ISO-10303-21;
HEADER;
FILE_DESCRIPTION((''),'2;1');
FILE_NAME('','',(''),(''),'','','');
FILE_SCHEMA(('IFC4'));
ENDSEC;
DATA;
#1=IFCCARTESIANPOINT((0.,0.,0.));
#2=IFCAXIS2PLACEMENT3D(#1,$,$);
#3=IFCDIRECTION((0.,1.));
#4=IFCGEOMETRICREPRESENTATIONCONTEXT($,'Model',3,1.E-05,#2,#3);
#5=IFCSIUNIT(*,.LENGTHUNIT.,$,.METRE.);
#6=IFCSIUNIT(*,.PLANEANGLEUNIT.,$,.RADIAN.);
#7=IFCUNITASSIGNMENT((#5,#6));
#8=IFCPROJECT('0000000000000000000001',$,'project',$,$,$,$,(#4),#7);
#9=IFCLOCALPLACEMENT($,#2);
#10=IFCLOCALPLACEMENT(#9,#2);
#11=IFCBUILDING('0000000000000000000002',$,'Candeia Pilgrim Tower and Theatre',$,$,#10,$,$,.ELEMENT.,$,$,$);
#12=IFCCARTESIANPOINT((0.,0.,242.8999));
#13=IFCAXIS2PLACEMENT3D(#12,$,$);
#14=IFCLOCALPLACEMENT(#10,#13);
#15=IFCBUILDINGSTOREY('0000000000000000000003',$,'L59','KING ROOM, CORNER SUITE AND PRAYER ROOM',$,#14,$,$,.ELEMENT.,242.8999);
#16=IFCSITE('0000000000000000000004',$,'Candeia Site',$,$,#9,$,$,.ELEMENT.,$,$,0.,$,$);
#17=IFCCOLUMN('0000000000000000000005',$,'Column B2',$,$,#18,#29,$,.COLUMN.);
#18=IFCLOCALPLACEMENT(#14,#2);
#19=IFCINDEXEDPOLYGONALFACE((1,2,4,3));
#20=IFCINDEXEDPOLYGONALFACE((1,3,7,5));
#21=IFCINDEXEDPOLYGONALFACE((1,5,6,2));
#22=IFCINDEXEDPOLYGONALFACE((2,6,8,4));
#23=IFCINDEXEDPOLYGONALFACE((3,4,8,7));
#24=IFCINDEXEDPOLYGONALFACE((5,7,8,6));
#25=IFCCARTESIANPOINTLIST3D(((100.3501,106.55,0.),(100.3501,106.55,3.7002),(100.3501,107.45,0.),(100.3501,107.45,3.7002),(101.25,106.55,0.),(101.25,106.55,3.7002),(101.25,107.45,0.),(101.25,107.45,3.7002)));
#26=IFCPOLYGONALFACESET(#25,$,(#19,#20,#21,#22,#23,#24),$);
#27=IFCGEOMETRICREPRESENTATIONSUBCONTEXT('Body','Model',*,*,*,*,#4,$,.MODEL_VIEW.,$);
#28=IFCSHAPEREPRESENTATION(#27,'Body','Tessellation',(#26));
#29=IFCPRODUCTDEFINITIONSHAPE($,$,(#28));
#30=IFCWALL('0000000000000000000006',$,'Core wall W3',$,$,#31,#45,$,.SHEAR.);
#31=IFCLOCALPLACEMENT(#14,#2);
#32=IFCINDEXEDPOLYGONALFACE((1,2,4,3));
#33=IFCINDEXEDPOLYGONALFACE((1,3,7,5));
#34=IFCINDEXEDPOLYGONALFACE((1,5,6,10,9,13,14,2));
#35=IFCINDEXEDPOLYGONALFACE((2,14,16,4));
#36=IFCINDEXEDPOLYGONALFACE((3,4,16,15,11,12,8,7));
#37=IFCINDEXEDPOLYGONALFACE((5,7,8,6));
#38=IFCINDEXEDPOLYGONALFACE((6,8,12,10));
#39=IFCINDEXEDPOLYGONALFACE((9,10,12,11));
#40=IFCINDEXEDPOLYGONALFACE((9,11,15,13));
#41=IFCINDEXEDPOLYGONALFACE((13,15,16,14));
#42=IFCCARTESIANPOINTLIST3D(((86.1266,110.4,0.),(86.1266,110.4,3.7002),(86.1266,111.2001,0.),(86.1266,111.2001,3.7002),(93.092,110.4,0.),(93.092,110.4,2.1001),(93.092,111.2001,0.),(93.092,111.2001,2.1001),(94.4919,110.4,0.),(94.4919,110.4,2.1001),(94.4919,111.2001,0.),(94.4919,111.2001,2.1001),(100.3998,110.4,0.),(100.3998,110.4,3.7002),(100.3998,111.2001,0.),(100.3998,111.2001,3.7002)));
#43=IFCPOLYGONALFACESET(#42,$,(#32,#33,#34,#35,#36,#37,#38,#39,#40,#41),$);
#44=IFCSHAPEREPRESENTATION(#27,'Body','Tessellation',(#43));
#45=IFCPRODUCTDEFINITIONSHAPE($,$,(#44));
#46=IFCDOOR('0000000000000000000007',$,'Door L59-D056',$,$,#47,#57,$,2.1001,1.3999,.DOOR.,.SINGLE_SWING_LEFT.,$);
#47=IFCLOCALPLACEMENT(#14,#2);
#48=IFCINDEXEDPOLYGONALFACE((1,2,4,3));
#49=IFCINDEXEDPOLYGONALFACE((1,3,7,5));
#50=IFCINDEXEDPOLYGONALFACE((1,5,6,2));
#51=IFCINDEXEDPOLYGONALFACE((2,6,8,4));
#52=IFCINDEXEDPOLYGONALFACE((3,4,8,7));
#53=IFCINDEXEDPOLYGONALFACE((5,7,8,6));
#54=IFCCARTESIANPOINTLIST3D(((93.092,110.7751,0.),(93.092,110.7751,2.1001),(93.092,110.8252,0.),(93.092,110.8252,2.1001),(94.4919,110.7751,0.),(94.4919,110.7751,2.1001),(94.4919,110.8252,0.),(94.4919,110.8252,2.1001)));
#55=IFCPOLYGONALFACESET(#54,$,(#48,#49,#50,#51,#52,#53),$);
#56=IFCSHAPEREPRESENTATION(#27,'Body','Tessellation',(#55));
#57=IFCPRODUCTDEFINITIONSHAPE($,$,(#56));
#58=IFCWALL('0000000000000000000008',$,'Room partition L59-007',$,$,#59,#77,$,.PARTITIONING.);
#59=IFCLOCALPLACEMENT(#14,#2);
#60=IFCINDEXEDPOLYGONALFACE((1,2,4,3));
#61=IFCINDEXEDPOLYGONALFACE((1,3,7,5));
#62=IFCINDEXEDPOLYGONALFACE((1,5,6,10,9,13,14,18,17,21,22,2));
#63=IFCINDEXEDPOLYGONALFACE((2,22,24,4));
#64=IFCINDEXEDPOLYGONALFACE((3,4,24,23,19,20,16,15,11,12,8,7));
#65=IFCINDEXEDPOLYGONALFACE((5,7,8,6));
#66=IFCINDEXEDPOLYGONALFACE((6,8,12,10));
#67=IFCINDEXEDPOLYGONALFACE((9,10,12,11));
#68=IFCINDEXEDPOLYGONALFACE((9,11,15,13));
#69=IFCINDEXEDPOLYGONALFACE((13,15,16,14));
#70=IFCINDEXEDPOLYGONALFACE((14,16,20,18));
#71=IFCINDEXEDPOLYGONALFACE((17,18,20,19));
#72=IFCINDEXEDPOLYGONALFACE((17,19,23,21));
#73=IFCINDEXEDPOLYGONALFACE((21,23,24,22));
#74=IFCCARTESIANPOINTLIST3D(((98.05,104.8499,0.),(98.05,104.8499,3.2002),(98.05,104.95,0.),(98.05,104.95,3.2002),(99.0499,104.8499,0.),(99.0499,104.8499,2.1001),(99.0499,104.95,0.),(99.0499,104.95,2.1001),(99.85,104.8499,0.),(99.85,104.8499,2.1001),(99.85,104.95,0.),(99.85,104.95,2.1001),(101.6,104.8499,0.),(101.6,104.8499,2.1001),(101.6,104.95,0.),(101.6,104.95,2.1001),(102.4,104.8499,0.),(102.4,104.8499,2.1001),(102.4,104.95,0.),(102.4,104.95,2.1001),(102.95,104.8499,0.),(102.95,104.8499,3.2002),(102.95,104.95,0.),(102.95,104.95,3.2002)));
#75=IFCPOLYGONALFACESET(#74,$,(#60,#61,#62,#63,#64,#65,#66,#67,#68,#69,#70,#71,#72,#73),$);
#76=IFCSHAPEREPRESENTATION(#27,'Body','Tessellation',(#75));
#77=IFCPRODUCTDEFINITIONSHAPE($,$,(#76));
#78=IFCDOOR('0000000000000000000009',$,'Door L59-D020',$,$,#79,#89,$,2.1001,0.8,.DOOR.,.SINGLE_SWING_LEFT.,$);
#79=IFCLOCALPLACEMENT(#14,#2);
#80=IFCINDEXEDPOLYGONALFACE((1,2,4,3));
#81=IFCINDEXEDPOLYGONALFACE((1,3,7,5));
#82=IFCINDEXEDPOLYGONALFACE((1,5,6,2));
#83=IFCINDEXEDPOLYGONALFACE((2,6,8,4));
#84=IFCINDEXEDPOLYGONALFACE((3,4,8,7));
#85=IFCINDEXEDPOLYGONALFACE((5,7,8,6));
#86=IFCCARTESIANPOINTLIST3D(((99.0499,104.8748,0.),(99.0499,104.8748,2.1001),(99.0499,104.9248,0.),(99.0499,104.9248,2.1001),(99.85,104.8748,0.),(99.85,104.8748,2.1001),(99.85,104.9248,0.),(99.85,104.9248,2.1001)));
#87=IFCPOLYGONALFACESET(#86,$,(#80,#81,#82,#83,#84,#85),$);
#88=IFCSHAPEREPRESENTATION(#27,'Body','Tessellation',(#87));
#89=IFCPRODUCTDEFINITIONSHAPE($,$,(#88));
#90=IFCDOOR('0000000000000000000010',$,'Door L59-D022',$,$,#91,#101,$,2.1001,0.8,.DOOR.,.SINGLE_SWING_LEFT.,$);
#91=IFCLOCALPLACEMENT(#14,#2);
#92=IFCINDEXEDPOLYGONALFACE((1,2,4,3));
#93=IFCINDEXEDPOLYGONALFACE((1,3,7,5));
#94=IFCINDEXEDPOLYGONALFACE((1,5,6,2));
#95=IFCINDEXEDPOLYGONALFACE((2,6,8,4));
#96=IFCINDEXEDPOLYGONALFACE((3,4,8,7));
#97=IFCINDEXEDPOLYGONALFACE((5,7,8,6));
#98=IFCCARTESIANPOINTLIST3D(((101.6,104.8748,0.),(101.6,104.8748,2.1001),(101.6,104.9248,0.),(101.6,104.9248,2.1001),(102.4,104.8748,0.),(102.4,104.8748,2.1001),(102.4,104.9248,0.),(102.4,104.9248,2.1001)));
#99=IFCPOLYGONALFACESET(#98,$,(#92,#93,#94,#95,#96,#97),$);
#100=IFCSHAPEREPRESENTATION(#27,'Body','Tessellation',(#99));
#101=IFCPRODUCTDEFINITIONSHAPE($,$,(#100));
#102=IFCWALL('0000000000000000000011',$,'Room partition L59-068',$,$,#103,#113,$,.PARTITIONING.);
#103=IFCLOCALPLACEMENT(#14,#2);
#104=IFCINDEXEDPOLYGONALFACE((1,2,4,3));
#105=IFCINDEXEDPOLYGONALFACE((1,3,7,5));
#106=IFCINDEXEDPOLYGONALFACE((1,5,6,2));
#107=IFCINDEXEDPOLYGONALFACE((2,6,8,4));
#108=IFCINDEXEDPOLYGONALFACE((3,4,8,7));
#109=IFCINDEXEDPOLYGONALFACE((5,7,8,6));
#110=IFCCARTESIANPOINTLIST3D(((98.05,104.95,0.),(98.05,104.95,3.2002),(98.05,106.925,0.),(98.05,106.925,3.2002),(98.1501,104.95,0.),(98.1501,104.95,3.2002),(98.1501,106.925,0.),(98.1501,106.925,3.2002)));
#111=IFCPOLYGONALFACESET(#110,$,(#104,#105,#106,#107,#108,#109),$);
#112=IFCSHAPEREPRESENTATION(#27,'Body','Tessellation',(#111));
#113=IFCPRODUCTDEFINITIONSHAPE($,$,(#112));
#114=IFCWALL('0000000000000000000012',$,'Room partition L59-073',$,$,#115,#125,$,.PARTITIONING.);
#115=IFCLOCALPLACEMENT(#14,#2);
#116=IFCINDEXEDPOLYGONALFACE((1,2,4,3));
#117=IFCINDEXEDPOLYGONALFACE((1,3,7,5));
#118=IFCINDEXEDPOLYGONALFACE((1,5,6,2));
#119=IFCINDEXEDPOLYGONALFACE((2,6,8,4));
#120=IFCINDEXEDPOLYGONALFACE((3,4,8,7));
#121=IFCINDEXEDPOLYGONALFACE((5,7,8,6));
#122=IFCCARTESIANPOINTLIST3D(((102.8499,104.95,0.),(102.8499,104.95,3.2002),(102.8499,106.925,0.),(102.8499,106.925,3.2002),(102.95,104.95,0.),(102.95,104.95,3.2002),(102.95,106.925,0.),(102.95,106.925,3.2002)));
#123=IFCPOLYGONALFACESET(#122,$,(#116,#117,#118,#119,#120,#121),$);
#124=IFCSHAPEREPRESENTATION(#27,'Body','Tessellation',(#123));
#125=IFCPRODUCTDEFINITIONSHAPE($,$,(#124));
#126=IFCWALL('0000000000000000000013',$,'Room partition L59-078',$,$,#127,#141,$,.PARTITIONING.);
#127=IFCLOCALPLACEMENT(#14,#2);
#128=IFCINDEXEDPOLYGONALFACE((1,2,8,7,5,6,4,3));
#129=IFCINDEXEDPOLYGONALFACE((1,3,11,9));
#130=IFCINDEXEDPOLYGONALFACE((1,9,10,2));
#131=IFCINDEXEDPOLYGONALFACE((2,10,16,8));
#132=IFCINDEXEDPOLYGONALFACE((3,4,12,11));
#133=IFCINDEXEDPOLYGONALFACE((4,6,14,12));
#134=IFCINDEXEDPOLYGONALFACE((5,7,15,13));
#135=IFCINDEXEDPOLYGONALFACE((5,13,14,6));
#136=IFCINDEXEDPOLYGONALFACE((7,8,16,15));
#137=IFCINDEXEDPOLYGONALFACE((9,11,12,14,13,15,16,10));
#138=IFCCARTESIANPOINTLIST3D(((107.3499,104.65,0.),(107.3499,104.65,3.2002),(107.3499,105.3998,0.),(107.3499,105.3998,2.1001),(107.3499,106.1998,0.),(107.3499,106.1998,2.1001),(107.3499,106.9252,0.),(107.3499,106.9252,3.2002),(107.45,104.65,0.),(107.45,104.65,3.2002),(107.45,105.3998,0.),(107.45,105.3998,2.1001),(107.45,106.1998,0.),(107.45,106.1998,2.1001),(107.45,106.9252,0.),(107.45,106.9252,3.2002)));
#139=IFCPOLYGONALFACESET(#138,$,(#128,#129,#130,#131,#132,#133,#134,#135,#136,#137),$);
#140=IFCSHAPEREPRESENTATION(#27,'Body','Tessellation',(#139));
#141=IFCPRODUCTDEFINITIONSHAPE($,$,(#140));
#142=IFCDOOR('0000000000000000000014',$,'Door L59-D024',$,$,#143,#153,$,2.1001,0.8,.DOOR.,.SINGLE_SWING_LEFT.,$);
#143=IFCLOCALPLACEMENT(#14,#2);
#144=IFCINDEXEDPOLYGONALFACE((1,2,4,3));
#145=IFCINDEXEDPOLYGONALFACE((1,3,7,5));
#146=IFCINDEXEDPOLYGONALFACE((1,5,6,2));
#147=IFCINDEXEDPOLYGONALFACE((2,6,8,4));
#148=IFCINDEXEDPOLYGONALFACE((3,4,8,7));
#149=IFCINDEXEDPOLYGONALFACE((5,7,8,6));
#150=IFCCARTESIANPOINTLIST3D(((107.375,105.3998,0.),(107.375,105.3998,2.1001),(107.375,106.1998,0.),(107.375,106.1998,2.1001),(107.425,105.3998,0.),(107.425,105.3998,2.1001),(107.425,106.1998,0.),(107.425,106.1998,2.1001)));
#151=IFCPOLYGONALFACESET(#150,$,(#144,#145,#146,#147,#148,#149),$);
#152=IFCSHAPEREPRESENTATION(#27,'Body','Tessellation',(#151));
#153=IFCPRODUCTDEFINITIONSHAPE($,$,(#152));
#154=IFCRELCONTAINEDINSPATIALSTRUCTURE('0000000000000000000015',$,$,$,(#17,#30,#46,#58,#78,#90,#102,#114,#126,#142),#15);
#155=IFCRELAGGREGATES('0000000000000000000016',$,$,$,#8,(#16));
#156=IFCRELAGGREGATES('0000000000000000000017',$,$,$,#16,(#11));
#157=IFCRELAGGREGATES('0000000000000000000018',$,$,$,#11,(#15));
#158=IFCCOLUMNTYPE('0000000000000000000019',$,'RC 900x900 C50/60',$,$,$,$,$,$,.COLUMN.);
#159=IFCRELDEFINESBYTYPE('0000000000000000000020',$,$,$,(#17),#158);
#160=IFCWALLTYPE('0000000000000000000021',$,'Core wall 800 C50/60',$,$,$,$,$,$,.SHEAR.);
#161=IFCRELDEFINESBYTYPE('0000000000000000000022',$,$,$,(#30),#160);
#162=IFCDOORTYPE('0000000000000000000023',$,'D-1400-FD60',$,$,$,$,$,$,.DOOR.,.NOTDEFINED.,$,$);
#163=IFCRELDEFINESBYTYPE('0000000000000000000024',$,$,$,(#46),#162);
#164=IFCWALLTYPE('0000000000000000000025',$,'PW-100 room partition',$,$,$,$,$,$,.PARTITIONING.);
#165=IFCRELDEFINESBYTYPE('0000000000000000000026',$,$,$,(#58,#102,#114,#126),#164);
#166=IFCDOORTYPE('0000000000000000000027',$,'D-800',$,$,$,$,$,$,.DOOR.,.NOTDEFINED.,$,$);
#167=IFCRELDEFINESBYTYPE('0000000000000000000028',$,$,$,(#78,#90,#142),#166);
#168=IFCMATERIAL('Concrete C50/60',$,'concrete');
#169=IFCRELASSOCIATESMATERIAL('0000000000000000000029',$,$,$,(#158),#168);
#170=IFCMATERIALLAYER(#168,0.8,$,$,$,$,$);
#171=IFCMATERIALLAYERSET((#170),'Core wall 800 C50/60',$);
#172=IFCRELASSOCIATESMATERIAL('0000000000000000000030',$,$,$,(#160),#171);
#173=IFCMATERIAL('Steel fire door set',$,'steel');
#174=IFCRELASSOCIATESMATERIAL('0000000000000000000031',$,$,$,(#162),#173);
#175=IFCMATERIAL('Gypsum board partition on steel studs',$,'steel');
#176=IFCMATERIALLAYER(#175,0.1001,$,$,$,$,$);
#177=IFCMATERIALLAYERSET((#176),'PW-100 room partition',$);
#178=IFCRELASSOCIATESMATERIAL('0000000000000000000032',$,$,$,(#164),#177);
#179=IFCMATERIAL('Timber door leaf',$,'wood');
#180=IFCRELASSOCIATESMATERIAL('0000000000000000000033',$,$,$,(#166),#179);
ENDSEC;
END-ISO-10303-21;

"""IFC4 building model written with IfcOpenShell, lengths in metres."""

from ifc_helpers import new_model, si_unit, direction, frame, frame_2d, origin, origin_2d, place, context, subcontext, project, spatial, rectangle, extrude, material, layer, layer_set, material_profile, profile_set, type_object, element, fill, save


model = new_model("IFC4")

# Units and contexts
model_context = context("Model", 3, precision=1e-05, world=origin(), true_north=direction((0.0, 1.0)))
body_context = subcontext(model_context, "Body", "Model", "MODEL_VIEW")
ifc_project = project(units=[si_unit("LENGTHUNIT", "METRE"), si_unit("PLANEANGLEUNIT", "RADIAN")], contexts=[model_context])

# Site, building, storey
site_placement = place(None, origin())
site = spatial("IfcSite", under=ifc_project, at=site_placement, Name="Candeia Site", CompositionType="ELEMENT", RefElevation=0.0)
building_placement = place(site_placement, origin())
building = spatial("IfcBuilding", under=site, at=building_placement, Name="Candeia Pilgrim Tower and Theatre", CompositionType="ELEMENT")
storey_placement = place(building_placement, frame((0.0, 0.0, 242.8999)))
storey = spatial("IfcBuildingStorey", under=building, at=storey_placement, Name="L59", Description="KING ROOM, CORNER SUITE AND PRAYER ROOM", CompositionType="ELEMENT", Elevation=242.8999)

# Column
ifc_material_1 = material(Name="Concrete C50/60", Category="concrete")
ifc_material_profile = material_profile(ifc_material_1, rectangle(XDim=0.8999, YDim=0.8999, at=origin_2d()))
ifc_profile_set = profile_set([ifc_material_profile], Name="Concrete C50/60")
column_type = type_object("IfcColumnType", Name="RC 900x900 C50/60", PredefinedType="COLUMN", material=ifc_profile_set)
column_placement = place(storey_placement, frame((100.8, 107.0, 0.0), z_axis=(0.0, 0.0, 1.0), x_axis=(1.0, 0.0, 0.0)))
element("IfcColumn", 1, at=column_placement, inside=storey, type_object=column_type, Name="Column B2", PredefinedType="COLUMN", context=body_context, shape_type="SweptSolid", body=[
    extrude(rectangle(XDim=0.8999, YDim=0.8999, at=origin_2d()), origin(), (0.0, 0.0, 1.0), 3.7002),
])

# Wall, opening, door
ifc_layer_1 = layer(ifc_material_1, 0.8)
ifc_layer_set_1 = layer_set([ifc_layer_1], Name="Core wall 800 C50/60")
wall_type_1 = type_object("IfcWallType", Name="Core wall 800 C50/60", PredefinedType="SHEAR", material=ifc_layer_set_1)
wall_1_placement = place(storey_placement, frame((100.3999, 110.8, 0.0), z_axis=(0.0, 0.0, 1.0), x_axis=(-1.0, 0.0, 0.0)))
wall_1 = element("IfcWall", 2, at=wall_1_placement, inside=storey, type_object=wall_type_1, Name="Core wall W3", PredefinedType="SHEAR", context=body_context, shape_type="SweptSolid", body=[
    extrude(rectangle(XDim=14.2732, YDim=0.8, at=frame_2d((7.1367, 0.0))), origin(), (0.0, 0.0, 1.0), 3.7002),
])
opening_1_placement = place(wall_1_placement, frame((5.908, 0.0, 0.0)))
opening_1 = element("IfcOpeningElement", 3, at=opening_1_placement, cuts=wall_1, PredefinedType="OPENING", context=body_context, shape_type="SweptSolid", body=[
    extrude(rectangle(XDim=1.3999, YDim=2.1001, at=frame_2d((0.7, 1.05))), frame((0.0, 0.4102, 0.0), z_axis=(0.0, -1.0, 0.0), x_axis=(1.0, 0.0, 0.0)), (0.0, 0.0, 1.0), 0.8201),
])
ifc_material_2 = material(Name="Steel fire door set", Category="steel")
door_type_1 = type_object("IfcDoorType", Name="D-1400-FD60", OperationType="NOTDEFINED", PredefinedType="DOOR", material=ifc_material_2)
door_1_placement = place(opening_1_placement, origin())
door_1 = element("IfcDoor", 4, at=door_1_placement, inside=storey, type_object=door_type_1, Name="Door L59-D056", OperationType="SINGLE_SWING_LEFT", OverallHeight=2.1001, OverallWidth=1.3999, PredefinedType="DOOR", context=body_context, shape_type="SweptSolid", body=[
    extrude(rectangle(XDim=1.3999, YDim=2.1001, at=frame_2d((0.7, 1.05))), frame((0.0, 0.0249, 0.0), z_axis=(0.0, -1.0, 0.0), x_axis=(1.0, 0.0, 0.0)), (0.0, 0.0, 1.0), 0.05),
])
fill(opening_1, door_1)

# Wall, openings, doors
ifc_material_3 = material(Name="Gypsum board partition on steel studs", Category="steel")
ifc_layer_2 = layer(ifc_material_3, 0.1001)
ifc_layer_set_2 = layer_set([ifc_layer_2], Name="PW-100 room partition")
wall_type_2 = type_object("IfcWallType", Name="PW-100 room partition", PredefinedType="PARTITIONING", material=ifc_layer_set_2)
wall_2_placement = place(storey_placement, frame((98.05, 104.8999, 0.0), z_axis=(0.0, 0.0, 1.0), x_axis=(1.0, 0.0, 0.0)))
wall_2 = element("IfcWall", 5, at=wall_2_placement, inside=storey, type_object=wall_type_2, Name="Room partition L59-007", PredefinedType="PARTITIONING", context=body_context, shape_type="SweptSolid", body=[
    extrude(rectangle(XDim=4.8999, YDim=0.1001, at=frame_2d((2.45, 0.0))), origin(), (0.0, 0.0, 1.0), 3.2002),
])
opening_2_placement = place(wall_2_placement, frame((1.0, 0.0, 0.0)))
opening_2 = element("IfcOpeningElement", 6, at=opening_2_placement, cuts=wall_2, PredefinedType="OPENING", context=body_context, shape_type="SweptSolid", body=[
    extrude(rectangle(XDim=0.8, YDim=2.1001, at=frame_2d((0.3999, 1.05))), frame((0.0, 0.0601, 0.0), z_axis=(0.0, -1.0, 0.0), x_axis=(1.0, 0.0, 0.0)), (0.0, 0.0, 1.0), 0.1201),
])
opening_3_placement = place(wall_2_placement, frame((3.55, 0.0, 0.0)))
opening_3 = element("IfcOpeningElement", 7, at=opening_3_placement, cuts=wall_2, PredefinedType="OPENING", context=body_context, shape_type="SweptSolid", body=[
    extrude(rectangle(XDim=0.8, YDim=2.1001, at=frame_2d((0.3999, 1.05))), frame((0.0, 0.0601, 0.0), z_axis=(0.0, -1.0, 0.0), x_axis=(1.0, 0.0, 0.0)), (0.0, 0.0, 1.0), 0.1201),
])
ifc_material_4 = material(Name="Timber door leaf", Category="wood")
door_type_2 = type_object("IfcDoorType", Name="D-800", OperationType="NOTDEFINED", PredefinedType="DOOR", material=ifc_material_4)
door_2_placement = place(opening_2_placement, origin())
door_2 = element("IfcDoor", 8, at=door_2_placement, inside=storey, type_object=door_type_2, Name="Door L59-D020", OperationType="SINGLE_SWING_LEFT", OverallHeight=2.1001, OverallWidth=0.8, PredefinedType="DOOR", context=body_context, shape_type="SweptSolid", body=[
    extrude(rectangle(XDim=0.8, YDim=2.1001, at=frame_2d((0.3999, 1.05))), frame((0.0, 0.0249, 0.0), z_axis=(0.0, -1.0, 0.0), x_axis=(1.0, 0.0, 0.0)), (0.0, 0.0, 1.0), 0.05),
])
fill(opening_2, door_2)
door_3_placement = place(opening_3_placement, origin())
door_3 = element("IfcDoor", 9, at=door_3_placement, inside=storey, type_object=door_type_2, Name="Door L59-D022", OperationType="SINGLE_SWING_LEFT", OverallHeight=2.1001, OverallWidth=0.8, PredefinedType="DOOR", context=body_context, shape_type="SweptSolid", body=[
    extrude(rectangle(XDim=0.8, YDim=2.1001, at=frame_2d((0.3999, 1.05))), frame((0.0, 0.0249, 0.0), z_axis=(0.0, -1.0, 0.0), x_axis=(1.0, 0.0, 0.0)), (0.0, 0.0, 1.0), 0.05),
])
fill(opening_3, door_3)

# Walls
for number, where, z_axis, x_axis, name in (
    (10, (98.1001, 104.95, 0.0), (0.0, 0.0, 1.0), (0.0, 1.0, 0.0), "Room partition L59-068"),
    (11, (102.8999, 104.95, 0.0), (0.0, 0.0, 1.0), (0.0, 1.0, 0.0), "Room partition L59-073"),
):
    element("IfcWall", number, at=place(storey_placement, frame(where, z_axis=z_axis, x_axis=x_axis)), inside=storey, type_object=wall_type_2, Name=name, PredefinedType="PARTITIONING", context=body_context, shape_type="SweptSolid", body=[
        extrude(rectangle(XDim=1.9751, YDim=0.1001, at=frame_2d((0.9875, 0.0))), origin(), (0.0, 0.0, 1.0), 3.2002),
    ])

# Wall, opening, door
wall_3_placement = place(storey_placement, frame((107.3999, 104.6499, 0.0), z_axis=(0.0, 0.0, 1.0), x_axis=(0.0, 1.0, 0.0)))
wall_3 = element("IfcWall", 12, at=wall_3_placement, inside=storey, type_object=wall_type_2, Name="Room partition L59-078", PredefinedType="PARTITIONING", context=body_context, shape_type="SweptSolid", body=[
    extrude(rectangle(XDim=2.2751, YDim=0.1001, at=frame_2d((1.1377, 0.0))), origin(), (0.0, 0.0, 1.0), 3.2002),
])
opening_4_placement = place(wall_3_placement, frame((0.75, 0.0, 0.0)))
opening_4 = element("IfcOpeningElement", 13, at=opening_4_placement, cuts=wall_3, PredefinedType="OPENING", context=body_context, shape_type="SweptSolid", body=[
    extrude(rectangle(XDim=0.8, YDim=2.1001, at=frame_2d((0.3999, 1.05))), frame((0.0, 0.0601, 0.0), z_axis=(0.0, -1.0, 0.0), x_axis=(1.0, 0.0, 0.0)), (0.0, 0.0, 1.0), 0.1201),
])
door_4_placement = place(opening_4_placement, origin())
door_4 = element("IfcDoor", 14, at=door_4_placement, inside=storey, type_object=door_type_2, Name="Door L59-D024", OperationType="SINGLE_SWING_LEFT", OverallHeight=2.1001, OverallWidth=0.8, PredefinedType="DOOR", context=body_context, shape_type="SweptSolid", body=[
    extrude(rectangle(XDim=0.8, YDim=2.1001, at=frame_2d((0.3999, 1.05))), frame((0.0, 0.0249, 0.0), z_axis=(0.0, -1.0, 0.0), x_axis=(1.0, 0.0, 0.0)), (0.0, 0.0, 1.0), 0.05),
])
fill(opening_4, door_4)

save(model, "model.ifc")
